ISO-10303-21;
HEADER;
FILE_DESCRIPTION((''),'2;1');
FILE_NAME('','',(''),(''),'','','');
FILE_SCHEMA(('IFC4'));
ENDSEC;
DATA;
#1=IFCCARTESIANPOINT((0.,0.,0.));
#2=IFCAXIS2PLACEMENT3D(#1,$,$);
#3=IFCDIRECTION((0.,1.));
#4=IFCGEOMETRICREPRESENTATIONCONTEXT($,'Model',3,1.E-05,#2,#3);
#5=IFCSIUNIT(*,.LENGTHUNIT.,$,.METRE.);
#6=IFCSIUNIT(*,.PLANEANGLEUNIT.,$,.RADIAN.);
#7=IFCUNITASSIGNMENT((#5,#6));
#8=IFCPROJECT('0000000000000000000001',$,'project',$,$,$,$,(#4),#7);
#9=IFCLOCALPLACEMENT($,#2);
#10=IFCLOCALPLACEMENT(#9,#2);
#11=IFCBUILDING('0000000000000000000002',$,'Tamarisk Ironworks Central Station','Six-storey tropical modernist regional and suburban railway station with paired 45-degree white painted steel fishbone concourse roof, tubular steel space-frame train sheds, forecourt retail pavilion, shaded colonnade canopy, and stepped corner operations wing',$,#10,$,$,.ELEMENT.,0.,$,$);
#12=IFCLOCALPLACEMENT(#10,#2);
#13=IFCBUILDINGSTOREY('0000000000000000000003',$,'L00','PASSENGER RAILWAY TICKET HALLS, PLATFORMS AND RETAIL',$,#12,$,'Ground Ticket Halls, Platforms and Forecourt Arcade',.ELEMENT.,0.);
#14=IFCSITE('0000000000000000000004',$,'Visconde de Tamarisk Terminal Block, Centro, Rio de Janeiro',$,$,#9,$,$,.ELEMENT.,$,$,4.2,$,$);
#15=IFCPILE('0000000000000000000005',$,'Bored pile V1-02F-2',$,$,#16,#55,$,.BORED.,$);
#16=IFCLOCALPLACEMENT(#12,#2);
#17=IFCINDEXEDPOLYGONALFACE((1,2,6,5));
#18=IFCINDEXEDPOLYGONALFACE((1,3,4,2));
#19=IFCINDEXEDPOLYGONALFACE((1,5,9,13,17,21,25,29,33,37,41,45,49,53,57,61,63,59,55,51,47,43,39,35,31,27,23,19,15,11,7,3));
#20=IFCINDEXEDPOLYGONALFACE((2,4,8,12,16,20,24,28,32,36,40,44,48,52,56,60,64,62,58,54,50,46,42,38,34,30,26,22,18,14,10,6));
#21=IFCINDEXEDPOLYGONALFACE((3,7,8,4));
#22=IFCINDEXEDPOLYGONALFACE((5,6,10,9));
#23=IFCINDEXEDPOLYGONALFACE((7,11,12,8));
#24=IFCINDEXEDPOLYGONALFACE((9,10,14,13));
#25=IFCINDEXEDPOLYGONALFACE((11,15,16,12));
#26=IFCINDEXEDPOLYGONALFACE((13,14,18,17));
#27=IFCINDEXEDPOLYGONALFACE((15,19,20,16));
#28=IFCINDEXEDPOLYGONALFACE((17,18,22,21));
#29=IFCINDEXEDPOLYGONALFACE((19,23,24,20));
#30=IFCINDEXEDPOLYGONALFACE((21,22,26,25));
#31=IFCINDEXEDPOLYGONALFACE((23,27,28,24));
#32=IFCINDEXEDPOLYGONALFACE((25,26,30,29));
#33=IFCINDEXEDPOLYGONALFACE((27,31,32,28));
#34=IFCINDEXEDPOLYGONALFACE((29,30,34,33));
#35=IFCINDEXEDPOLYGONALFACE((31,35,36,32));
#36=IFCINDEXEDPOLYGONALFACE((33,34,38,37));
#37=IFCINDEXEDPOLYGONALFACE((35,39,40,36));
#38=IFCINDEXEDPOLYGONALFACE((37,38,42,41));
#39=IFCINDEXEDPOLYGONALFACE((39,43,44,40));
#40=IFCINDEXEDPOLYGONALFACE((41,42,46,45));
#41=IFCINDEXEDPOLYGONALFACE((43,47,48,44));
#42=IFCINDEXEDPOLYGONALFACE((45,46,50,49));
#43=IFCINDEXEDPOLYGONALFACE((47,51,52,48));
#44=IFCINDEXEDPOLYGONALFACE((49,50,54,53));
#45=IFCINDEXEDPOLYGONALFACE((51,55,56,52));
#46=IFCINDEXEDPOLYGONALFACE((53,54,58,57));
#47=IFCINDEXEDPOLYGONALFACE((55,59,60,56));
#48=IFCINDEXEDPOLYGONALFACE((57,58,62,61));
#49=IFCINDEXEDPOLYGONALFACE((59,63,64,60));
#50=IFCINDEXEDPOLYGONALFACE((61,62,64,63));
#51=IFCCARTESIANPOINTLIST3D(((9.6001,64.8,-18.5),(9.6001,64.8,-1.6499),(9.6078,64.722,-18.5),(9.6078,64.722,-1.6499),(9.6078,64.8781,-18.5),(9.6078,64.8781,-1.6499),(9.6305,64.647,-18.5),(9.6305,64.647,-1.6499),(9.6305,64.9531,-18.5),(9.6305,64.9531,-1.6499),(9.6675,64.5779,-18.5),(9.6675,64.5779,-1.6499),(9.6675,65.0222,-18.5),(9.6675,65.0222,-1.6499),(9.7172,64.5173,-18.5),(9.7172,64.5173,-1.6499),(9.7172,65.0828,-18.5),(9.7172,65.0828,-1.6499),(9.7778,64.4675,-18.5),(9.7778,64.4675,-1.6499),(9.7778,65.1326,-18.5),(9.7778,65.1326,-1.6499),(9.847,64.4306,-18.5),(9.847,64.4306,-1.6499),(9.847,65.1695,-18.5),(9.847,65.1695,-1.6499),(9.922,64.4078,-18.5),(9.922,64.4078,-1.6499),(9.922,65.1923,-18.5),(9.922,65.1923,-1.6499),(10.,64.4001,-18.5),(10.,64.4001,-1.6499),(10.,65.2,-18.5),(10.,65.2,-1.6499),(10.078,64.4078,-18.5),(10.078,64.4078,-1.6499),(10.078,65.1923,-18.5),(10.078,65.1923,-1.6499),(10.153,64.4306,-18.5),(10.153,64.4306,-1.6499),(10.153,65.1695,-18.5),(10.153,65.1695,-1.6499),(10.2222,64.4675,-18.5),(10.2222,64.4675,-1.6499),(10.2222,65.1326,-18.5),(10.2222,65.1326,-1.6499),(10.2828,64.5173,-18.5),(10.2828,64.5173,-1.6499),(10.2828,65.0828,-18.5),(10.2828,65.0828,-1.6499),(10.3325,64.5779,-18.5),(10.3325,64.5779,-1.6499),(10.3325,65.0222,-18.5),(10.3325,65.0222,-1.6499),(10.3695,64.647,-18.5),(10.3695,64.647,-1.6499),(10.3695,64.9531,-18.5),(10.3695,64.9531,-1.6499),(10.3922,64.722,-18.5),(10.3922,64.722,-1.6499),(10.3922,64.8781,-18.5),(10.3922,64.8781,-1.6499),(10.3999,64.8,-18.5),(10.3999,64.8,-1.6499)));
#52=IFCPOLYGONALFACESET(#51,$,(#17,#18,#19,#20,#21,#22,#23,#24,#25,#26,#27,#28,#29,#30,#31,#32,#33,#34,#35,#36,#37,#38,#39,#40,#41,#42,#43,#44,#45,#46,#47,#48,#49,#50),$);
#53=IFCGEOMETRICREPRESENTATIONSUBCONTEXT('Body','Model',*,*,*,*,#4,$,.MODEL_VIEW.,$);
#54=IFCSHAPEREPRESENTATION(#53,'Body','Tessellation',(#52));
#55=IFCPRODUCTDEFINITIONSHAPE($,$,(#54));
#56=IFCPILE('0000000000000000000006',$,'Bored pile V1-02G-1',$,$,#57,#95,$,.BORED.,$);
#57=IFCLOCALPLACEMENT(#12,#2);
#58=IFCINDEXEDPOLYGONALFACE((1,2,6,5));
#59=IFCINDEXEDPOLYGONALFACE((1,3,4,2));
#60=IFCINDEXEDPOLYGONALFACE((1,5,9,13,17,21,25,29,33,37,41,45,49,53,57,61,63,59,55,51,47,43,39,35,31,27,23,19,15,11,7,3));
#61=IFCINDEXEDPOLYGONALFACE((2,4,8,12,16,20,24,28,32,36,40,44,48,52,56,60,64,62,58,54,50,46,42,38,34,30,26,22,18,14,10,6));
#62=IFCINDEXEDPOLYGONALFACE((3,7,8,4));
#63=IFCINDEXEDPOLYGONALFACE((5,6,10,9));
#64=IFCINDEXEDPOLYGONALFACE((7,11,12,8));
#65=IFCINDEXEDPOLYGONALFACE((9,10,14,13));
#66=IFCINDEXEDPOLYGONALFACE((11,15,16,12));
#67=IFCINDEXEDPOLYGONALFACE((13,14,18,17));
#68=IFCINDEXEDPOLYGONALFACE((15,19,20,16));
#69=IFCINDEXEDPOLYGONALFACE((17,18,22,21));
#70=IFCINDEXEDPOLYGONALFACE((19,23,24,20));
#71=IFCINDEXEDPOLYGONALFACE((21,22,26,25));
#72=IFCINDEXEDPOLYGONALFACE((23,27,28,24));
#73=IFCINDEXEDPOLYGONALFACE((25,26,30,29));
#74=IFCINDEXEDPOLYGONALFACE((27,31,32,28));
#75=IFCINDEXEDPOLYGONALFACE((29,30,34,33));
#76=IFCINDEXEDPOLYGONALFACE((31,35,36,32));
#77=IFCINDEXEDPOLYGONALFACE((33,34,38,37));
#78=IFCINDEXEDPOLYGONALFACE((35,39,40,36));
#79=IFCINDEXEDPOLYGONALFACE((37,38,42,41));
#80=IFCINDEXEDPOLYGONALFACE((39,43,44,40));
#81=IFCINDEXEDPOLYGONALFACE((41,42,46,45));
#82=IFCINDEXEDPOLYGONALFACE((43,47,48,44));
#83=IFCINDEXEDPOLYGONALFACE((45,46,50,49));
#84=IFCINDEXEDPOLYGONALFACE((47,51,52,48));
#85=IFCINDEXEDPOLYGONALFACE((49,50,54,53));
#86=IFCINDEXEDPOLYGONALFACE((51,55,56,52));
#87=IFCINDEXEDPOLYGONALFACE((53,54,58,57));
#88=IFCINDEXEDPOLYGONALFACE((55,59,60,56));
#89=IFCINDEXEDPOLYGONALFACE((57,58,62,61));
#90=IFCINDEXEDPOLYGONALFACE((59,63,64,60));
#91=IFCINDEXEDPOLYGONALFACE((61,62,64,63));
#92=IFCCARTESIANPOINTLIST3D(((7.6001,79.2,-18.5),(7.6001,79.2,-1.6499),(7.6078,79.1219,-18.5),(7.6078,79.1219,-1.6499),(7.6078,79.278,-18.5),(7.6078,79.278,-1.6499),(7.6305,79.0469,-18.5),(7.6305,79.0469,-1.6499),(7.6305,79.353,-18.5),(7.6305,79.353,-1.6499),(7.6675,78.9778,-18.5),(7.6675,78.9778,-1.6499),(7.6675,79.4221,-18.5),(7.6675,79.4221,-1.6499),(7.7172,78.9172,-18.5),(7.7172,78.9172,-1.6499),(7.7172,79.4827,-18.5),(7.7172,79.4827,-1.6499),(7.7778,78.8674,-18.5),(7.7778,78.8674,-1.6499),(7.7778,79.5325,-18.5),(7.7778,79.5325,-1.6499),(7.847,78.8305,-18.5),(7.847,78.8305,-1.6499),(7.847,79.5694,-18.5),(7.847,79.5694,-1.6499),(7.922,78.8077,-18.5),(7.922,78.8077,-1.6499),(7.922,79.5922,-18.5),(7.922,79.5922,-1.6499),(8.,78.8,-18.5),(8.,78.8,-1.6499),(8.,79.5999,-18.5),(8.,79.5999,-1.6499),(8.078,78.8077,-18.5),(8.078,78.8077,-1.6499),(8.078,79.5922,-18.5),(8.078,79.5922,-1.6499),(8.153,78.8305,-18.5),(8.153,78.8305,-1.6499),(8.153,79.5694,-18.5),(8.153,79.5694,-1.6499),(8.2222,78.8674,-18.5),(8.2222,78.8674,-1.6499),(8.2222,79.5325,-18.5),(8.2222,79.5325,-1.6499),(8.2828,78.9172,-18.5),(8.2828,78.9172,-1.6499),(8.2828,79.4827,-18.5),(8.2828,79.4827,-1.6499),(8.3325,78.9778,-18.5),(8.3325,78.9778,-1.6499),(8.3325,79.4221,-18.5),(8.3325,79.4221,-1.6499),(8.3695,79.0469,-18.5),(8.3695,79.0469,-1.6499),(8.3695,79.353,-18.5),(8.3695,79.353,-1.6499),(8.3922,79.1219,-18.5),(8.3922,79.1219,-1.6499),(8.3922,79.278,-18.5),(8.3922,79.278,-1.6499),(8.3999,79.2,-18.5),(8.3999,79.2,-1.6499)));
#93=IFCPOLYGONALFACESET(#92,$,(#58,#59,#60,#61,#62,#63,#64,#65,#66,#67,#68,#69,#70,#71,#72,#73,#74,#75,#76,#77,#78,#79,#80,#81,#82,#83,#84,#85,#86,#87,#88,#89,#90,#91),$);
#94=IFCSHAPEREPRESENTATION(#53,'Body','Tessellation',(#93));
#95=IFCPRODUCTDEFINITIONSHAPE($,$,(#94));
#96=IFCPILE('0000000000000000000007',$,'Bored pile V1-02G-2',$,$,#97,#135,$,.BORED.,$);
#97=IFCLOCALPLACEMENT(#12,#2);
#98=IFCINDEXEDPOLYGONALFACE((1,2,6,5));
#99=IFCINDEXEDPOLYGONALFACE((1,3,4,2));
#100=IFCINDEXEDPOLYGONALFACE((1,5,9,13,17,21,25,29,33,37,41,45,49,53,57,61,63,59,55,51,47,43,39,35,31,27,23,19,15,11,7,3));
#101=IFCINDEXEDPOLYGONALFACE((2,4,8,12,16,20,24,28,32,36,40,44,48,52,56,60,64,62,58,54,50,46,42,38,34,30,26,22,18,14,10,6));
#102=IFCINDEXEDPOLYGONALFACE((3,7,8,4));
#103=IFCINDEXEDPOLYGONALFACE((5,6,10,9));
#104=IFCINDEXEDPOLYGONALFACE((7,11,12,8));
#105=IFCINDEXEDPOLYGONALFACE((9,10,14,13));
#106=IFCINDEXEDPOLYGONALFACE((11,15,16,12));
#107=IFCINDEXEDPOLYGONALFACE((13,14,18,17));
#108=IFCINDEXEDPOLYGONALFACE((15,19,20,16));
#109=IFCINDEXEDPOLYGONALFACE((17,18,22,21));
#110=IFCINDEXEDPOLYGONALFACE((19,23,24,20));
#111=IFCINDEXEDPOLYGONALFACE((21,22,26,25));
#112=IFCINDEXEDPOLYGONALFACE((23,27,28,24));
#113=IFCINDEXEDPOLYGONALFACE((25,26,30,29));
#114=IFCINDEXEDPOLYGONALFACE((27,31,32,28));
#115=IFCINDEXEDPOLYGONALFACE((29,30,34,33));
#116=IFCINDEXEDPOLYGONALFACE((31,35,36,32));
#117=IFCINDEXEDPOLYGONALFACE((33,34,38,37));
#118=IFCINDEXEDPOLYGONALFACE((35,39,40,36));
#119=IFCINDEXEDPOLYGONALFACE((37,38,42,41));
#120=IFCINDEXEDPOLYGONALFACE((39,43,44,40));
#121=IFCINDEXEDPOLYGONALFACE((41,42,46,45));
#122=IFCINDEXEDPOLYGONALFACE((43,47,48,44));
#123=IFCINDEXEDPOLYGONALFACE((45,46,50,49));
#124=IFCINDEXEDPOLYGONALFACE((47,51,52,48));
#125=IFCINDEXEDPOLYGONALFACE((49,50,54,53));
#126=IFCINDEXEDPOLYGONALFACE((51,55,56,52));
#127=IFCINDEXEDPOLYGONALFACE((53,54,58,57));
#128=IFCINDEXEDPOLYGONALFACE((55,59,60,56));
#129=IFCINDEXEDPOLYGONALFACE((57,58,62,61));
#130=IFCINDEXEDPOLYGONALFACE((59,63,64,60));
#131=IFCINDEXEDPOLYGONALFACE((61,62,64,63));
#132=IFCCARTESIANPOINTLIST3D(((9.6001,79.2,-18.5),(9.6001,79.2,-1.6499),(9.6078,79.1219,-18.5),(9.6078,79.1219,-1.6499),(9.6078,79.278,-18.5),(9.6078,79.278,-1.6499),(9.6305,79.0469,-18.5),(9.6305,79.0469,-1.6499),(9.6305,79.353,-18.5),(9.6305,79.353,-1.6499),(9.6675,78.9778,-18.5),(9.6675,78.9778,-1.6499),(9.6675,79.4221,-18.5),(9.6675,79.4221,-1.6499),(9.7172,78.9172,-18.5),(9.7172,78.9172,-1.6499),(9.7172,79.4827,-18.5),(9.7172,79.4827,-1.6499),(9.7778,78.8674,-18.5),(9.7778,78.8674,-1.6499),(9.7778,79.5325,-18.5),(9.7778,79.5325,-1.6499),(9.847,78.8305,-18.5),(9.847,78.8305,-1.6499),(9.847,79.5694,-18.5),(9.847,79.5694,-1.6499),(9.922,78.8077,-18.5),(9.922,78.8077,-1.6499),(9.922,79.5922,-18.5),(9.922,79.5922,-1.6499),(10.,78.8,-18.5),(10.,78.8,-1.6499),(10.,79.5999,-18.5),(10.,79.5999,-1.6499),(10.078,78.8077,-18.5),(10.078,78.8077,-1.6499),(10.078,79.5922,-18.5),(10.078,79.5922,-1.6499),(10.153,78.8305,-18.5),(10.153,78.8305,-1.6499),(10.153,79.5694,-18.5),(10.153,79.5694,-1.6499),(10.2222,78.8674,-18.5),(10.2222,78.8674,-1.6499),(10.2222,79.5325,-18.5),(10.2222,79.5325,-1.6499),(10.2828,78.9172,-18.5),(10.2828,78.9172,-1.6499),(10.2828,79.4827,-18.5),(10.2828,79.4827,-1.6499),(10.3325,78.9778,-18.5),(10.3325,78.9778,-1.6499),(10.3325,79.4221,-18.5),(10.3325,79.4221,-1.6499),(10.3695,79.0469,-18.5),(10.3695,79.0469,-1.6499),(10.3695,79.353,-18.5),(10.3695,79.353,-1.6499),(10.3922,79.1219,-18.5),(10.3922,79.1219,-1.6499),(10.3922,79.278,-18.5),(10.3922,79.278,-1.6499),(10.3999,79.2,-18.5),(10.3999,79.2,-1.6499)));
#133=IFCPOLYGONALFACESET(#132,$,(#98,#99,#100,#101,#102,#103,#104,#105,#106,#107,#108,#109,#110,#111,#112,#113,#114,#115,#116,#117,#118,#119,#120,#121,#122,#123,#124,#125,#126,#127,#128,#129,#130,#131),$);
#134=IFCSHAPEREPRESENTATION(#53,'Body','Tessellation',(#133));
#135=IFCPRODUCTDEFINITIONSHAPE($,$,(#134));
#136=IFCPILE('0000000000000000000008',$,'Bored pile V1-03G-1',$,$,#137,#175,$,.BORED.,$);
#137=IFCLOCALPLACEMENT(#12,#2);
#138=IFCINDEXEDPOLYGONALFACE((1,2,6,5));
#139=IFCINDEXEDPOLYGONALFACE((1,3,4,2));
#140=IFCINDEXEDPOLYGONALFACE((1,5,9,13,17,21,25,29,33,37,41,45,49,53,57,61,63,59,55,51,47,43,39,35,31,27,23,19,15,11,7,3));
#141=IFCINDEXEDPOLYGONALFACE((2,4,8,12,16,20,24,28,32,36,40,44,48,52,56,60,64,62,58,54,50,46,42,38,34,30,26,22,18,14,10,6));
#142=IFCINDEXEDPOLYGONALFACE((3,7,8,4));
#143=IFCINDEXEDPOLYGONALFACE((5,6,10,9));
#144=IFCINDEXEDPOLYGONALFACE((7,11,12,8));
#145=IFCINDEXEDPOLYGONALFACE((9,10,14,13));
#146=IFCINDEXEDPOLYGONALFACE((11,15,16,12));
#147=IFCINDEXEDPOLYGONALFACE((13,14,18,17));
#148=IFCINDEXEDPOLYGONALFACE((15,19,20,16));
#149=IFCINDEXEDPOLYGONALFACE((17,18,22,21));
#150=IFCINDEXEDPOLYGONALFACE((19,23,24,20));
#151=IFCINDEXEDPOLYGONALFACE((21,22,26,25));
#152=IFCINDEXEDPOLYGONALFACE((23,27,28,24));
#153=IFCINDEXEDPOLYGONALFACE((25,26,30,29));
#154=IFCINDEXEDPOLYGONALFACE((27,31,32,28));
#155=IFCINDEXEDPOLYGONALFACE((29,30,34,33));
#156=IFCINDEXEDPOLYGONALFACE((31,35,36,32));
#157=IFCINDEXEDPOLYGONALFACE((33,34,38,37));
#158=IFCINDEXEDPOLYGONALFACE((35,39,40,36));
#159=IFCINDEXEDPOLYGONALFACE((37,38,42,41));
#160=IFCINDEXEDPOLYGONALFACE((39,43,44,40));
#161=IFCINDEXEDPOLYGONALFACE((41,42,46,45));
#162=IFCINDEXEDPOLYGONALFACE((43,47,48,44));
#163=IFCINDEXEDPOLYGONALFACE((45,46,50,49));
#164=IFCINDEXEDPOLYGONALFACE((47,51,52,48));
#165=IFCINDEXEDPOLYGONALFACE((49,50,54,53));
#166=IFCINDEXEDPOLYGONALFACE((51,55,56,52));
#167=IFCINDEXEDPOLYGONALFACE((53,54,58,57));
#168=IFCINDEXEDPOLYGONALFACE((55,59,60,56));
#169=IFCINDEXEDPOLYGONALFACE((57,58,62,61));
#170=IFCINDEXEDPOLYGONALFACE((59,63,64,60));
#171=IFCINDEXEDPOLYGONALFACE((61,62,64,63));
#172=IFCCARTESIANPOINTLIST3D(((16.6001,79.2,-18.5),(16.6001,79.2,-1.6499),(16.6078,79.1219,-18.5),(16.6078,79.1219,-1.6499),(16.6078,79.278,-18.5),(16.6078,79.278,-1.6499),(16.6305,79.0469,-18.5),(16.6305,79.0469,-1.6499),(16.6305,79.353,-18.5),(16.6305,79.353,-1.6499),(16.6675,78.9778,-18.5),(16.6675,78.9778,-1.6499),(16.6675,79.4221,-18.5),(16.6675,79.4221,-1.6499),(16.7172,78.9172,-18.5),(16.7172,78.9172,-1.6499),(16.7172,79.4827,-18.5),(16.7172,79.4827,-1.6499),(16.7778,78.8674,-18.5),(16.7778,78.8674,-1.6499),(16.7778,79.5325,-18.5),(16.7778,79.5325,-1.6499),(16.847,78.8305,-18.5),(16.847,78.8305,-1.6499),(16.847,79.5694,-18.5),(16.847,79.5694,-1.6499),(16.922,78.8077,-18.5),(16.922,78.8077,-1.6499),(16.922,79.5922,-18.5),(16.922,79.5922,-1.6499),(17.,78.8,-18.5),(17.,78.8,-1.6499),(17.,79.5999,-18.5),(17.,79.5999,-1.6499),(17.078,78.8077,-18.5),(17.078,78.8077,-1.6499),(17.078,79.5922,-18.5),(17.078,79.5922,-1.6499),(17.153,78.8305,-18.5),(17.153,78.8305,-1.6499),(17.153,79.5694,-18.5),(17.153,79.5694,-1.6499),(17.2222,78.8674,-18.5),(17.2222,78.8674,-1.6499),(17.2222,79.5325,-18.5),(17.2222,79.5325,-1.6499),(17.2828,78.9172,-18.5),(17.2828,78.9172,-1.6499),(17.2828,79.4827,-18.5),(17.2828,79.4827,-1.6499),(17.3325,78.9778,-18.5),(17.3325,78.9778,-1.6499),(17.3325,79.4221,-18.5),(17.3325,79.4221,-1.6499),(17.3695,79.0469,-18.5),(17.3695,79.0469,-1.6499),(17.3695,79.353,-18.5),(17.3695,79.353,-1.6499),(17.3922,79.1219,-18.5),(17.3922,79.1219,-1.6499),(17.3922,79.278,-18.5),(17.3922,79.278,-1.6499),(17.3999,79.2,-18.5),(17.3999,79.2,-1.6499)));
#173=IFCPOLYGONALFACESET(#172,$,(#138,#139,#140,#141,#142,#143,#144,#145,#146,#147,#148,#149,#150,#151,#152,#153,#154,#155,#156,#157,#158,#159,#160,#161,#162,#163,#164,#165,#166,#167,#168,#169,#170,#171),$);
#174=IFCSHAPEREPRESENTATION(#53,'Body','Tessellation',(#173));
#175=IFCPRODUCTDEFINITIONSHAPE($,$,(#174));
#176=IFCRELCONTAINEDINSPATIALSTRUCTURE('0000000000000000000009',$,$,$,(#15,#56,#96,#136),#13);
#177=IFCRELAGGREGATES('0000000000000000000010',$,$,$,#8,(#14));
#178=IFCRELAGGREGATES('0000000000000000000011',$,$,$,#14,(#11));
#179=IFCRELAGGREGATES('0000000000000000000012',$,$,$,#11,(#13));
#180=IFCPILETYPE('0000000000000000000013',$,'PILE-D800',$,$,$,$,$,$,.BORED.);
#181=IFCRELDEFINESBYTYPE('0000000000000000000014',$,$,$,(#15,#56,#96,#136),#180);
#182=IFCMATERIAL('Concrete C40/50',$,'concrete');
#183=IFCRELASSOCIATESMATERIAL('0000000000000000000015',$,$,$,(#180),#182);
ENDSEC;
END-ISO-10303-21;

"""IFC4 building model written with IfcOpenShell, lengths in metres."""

from ifc_helpers import new_model, si_unit, direction, frame, origin, origin_2d, place, context, subcontext, project, spatial, circle, extrude, material, material_profile, profile_set, type_object, element, save


model = new_model("IFC4")

# Units and contexts
model_context = context("Model", 3, precision=1e-05, world=origin(), true_north=direction((0.0, 1.0)))
body_context = subcontext(model_context, "Body", "Model", "MODEL_VIEW")
ifc_project = project(units=[si_unit("LENGTHUNIT", "METRE"), si_unit("PLANEANGLEUNIT", "RADIAN")], contexts=[model_context])

# Site, building, storey
site_placement = place(None, origin())
site = spatial("IfcSite", under=ifc_project, at=site_placement, Name="Visconde de Tamarisk Terminal Block, Centro, Rio de Janeiro", CompositionType="ELEMENT", RefElevation=4.2)
building_placement = place(site_placement, origin())
building = spatial("IfcBuilding", under=site, at=building_placement, Name="Tamarisk Ironworks Central Station", Description="Six-storey tropical modernist regional and suburban railway station with paired 45-degree white painted steel fishbone concourse roof, tubular steel space-frame train sheds, forecourt retail pavilion, shaded colonnade canopy, and stepped corner operations wing", CompositionType="ELEMENT", ElevationOfRefHeight=0.0)
storey_placement = place(building_placement, origin())
storey = spatial("IfcBuildingStorey", under=building, at=storey_placement, Name="L00", Description="PASSENGER RAILWAY TICKET HALLS, PLATFORMS AND RETAIL", LongName="Ground Ticket Halls, Platforms and Forecourt Arcade", CompositionType="ELEMENT", Elevation=0.0)

# Shared definitions
ifc_material_1 = material(Name="Concrete C40/50", Category="concrete")

# Piles
ifc_material_profile_1 = material_profile(ifc_material_1, circle(Radius=0.3999, at=origin_2d()), Name="BORED PILE D800")
ifc_profile_set_1 = profile_set([ifc_material_profile_1], Name="Concrete C40/50")
pile_type_1 = type_object("IfcPileType", Name="PILE-D800", PredefinedType="BORED", material=ifc_profile_set_1)
for number, where, z_axis, x_axis, name in (
    (1, (10.0, 64.8, -1.6499), (0.0, 0.0, -1.0), (1.0, 0.0, 0.0), "Bored pile V1-02F-2"),
    (2, (8.0, 79.2, -1.6499), (0.0, 0.0, -1.0), (1.0, 0.0, 0.0), "Bored pile V1-02G-1"),
    (3, (10.0, 79.2, -1.6499), (0.0, 0.0, -1.0), (1.0, 0.0, 0.0), "Bored pile V1-02G-2"),
    (4, (17.0, 79.2, -1.6499), (0.0, 0.0, -1.0), (1.0, 0.0, 0.0), "Bored pile V1-03G-1"),
):
    element("IfcPile", number, at=place(storey_placement, frame(where, z_axis=z_axis, x_axis=x_axis)), inside=storey, type_object=pile_type_1, Name=name, PredefinedType="BORED", context=body_context, shape_type="SweptSolid", body=[
        extrude(circle(Radius=0.3999, at=origin_2d()), origin(), (0.0, 0.0, 1.0), 16.8501),
    ])

save(model, "model.ifc")
